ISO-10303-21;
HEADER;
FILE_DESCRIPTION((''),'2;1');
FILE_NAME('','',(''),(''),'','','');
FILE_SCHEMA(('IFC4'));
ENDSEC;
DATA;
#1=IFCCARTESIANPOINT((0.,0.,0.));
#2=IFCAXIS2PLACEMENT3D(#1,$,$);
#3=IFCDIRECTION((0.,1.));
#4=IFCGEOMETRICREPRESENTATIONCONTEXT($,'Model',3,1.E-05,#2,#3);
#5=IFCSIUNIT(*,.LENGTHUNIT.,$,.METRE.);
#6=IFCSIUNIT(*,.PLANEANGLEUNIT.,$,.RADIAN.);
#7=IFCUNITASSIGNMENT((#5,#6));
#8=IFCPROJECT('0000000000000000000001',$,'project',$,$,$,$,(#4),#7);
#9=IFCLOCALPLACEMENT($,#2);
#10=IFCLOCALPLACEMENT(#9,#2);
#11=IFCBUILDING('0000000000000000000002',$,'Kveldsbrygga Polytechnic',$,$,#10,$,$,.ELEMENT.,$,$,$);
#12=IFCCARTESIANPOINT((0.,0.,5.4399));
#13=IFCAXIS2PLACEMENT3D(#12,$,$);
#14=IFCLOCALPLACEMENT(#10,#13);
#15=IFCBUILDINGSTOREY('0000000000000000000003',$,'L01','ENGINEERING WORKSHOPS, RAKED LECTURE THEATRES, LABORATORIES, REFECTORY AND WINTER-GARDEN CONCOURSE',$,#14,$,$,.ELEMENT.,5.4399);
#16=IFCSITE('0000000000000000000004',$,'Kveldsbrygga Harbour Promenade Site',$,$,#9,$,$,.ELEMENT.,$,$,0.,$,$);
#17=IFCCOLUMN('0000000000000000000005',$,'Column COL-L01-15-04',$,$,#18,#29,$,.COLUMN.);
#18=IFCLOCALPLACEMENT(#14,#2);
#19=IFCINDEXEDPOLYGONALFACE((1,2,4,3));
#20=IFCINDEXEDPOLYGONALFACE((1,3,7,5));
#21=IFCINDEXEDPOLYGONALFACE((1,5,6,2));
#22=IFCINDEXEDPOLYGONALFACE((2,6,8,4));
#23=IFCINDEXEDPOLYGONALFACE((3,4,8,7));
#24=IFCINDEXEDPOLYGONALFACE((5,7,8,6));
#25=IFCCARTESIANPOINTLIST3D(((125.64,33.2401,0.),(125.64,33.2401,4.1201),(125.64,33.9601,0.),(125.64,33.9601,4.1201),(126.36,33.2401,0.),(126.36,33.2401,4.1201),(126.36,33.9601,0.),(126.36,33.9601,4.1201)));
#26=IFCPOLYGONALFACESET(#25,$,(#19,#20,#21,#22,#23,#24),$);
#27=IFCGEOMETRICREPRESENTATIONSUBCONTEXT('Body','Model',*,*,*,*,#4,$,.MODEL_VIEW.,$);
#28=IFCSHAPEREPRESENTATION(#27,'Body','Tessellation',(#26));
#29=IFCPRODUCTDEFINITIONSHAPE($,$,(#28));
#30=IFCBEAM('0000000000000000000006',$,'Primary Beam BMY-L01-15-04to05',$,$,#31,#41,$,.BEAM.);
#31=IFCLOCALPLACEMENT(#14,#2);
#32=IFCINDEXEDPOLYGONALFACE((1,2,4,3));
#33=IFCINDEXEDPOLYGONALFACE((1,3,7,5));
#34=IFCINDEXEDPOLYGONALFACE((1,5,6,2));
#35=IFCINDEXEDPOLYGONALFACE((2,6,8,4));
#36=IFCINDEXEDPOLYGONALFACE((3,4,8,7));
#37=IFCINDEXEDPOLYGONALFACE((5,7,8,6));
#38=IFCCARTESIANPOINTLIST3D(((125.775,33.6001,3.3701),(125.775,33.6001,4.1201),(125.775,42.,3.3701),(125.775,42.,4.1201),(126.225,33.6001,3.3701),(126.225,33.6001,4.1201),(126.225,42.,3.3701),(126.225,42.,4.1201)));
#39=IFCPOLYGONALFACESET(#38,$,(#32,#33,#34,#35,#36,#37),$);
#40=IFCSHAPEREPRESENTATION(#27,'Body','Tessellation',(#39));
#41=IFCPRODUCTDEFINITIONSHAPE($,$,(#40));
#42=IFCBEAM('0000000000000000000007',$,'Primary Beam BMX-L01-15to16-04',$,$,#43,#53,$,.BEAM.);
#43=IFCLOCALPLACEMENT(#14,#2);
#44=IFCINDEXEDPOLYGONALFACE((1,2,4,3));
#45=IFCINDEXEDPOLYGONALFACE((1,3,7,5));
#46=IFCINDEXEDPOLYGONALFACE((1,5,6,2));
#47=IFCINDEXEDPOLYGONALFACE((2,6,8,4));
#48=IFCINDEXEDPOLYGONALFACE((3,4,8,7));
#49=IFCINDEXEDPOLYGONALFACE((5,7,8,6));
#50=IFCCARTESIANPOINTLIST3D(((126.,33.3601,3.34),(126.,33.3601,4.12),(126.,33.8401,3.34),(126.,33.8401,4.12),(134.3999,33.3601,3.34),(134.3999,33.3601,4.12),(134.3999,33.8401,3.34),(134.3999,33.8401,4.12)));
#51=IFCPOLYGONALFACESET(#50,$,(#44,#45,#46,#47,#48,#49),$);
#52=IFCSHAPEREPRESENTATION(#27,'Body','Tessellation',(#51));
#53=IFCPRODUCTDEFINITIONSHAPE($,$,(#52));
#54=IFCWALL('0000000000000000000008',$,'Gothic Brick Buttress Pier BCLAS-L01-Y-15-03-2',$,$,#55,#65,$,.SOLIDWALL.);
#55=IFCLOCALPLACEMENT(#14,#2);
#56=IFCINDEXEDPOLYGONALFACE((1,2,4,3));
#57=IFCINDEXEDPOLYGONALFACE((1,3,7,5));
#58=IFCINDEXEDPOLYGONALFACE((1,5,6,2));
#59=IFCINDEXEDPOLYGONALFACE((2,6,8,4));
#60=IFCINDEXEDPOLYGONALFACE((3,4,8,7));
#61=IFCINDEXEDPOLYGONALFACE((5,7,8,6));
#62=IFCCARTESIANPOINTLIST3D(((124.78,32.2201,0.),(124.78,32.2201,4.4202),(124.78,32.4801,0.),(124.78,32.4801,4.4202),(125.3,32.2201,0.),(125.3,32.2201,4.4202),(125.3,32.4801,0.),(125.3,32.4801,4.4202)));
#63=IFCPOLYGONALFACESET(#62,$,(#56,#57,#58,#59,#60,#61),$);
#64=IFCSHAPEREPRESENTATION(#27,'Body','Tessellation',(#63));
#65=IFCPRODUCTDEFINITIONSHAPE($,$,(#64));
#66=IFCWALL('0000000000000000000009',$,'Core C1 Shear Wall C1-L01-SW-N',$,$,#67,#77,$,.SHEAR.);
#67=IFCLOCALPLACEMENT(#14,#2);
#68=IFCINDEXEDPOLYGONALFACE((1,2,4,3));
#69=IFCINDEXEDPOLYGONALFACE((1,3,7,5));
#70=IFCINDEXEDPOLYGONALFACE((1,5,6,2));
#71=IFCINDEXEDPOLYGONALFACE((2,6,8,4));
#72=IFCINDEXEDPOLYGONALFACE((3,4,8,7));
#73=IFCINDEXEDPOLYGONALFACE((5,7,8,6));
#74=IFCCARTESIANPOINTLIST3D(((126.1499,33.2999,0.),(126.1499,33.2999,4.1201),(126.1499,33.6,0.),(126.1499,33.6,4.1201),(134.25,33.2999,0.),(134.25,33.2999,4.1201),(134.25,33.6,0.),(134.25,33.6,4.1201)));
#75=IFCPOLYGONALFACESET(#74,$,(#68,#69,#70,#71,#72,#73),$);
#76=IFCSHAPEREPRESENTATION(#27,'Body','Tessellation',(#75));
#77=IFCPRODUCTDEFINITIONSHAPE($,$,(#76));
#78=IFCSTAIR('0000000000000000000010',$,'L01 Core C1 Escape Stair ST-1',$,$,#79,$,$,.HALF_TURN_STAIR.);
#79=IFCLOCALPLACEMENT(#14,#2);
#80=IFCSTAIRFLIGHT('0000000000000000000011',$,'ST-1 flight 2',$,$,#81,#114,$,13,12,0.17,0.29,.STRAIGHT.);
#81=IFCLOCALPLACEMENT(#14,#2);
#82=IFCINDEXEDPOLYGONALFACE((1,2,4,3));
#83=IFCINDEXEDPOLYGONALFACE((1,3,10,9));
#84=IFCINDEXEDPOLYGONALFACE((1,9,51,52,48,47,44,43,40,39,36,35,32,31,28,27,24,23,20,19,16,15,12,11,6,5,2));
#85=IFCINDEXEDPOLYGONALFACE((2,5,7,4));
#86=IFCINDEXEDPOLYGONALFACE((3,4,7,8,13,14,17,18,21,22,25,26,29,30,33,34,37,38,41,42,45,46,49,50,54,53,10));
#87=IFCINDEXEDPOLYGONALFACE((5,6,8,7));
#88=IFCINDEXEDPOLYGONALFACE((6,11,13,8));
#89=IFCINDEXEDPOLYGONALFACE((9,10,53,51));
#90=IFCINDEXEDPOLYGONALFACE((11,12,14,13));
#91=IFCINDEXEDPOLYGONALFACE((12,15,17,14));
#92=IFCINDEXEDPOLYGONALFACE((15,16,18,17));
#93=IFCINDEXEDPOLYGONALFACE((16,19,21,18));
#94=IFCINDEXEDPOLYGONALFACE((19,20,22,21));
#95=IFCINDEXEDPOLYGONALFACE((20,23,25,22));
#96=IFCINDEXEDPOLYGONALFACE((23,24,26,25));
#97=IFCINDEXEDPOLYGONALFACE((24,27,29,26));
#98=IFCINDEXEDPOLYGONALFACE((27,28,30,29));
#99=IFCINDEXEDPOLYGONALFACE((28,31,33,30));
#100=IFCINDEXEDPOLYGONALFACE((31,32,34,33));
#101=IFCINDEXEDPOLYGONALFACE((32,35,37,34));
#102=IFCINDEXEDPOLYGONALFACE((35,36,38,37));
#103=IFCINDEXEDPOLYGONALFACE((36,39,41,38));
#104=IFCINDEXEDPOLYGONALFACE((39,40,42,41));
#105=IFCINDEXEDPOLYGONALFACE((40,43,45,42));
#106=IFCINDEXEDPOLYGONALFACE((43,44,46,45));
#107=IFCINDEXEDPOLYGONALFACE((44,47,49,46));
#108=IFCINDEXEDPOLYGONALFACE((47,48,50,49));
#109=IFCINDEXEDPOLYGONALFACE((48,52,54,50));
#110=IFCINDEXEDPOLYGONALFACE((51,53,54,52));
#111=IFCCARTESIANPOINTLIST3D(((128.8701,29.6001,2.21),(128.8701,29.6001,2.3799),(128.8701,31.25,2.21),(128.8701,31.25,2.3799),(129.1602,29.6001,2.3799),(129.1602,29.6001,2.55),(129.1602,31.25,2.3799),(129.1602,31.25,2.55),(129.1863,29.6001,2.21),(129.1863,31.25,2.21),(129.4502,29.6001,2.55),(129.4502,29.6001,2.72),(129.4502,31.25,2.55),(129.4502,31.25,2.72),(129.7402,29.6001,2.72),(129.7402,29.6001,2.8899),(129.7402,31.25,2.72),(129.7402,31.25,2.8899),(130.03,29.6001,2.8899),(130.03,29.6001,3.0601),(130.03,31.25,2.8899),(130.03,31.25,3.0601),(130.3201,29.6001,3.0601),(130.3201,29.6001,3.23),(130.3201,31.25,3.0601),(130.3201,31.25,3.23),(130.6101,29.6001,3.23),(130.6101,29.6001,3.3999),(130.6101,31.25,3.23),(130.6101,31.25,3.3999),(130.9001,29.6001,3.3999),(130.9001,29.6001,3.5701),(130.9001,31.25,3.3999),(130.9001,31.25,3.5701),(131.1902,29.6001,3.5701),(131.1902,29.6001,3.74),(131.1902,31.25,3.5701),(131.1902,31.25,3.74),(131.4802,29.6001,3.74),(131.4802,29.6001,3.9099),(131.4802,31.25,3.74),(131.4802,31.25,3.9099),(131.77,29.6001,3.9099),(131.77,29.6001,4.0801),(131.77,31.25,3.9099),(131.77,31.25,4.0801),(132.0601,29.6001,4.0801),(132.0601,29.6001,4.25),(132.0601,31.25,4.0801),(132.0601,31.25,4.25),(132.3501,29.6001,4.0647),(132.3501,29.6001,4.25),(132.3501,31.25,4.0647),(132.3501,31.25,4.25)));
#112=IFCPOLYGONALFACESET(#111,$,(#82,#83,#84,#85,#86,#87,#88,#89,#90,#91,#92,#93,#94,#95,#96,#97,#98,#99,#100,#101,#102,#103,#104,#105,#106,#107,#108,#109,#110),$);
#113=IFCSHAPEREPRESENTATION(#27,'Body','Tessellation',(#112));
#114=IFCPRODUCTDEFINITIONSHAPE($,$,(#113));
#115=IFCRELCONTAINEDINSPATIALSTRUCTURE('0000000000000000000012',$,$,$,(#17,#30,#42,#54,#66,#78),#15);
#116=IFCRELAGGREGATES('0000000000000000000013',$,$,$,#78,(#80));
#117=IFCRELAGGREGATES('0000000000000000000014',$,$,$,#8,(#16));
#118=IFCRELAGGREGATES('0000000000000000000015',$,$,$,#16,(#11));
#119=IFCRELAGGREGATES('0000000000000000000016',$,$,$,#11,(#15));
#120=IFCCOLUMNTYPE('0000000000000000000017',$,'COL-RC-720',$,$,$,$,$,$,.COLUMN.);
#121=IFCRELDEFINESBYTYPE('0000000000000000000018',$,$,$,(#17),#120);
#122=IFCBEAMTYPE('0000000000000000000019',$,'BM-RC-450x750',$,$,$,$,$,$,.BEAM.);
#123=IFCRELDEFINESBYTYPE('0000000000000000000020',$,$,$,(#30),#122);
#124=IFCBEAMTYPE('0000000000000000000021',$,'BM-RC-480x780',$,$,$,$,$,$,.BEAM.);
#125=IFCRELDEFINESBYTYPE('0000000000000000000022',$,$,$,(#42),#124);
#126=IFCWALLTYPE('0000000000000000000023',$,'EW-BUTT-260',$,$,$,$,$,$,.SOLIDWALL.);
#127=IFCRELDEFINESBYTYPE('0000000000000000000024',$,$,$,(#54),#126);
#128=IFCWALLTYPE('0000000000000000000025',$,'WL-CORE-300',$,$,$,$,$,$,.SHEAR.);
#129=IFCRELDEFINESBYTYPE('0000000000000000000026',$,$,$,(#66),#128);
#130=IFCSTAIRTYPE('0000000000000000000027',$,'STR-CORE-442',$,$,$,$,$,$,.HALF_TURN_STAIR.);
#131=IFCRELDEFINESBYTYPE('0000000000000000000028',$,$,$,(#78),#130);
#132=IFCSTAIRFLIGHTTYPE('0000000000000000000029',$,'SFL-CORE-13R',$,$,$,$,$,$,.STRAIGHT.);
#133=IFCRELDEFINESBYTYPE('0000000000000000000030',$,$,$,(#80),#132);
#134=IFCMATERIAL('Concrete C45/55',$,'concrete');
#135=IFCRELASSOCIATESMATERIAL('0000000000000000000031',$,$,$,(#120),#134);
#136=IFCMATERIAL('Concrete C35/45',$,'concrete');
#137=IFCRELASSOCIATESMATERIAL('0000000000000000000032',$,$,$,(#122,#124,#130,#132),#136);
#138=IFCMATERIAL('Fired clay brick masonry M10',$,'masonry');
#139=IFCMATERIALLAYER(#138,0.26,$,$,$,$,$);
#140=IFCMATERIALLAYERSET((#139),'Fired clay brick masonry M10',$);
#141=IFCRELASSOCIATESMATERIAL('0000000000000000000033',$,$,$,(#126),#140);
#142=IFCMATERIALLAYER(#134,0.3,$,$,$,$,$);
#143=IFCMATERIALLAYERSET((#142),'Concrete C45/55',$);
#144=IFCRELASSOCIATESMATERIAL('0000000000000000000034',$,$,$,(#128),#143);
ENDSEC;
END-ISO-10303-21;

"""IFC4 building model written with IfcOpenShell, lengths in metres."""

from ifc_helpers import new_model, si_unit, direction, frame, frame_2d, origin, origin_2d, place, context, subcontext, project, spatial, polyline, rectangle, outline, extrude, material, layer, layer_set, material_profile, profile_set, type_object, element, aggregate, save


model = new_model("IFC4")

# Units and contexts
model_context = context("Model", 3, precision=1e-05, world=origin(), true_north=direction((0.0, 1.0)))
body_context = subcontext(model_context, "Body", "Model", "MODEL_VIEW")
ifc_project = project(units=[si_unit("LENGTHUNIT", "METRE"), si_unit("PLANEANGLEUNIT", "RADIAN")], contexts=[model_context])

# Site, building, storey
site_placement = place(None, origin())
site = spatial("IfcSite", under=ifc_project, at=site_placement, Name="Kveldsbrygga Harbour Promenade Site", CompositionType="ELEMENT", RefElevation=0.0)
building_placement = place(site_placement, origin())
building = spatial("IfcBuilding", under=site, at=building_placement, Name="Kveldsbrygga Polytechnic", CompositionType="ELEMENT")
storey_placement = place(building_placement, frame((0.0, 0.0, 5.4399)))
storey = spatial("IfcBuildingStorey", under=building, at=storey_placement, Name="L01", Description="ENGINEERING WORKSHOPS, RAKED LECTURE THEATRES, LABORATORIES, REFECTORY AND WINTER-GARDEN CONCOURSE", CompositionType="ELEMENT", Elevation=5.4399)

# Column
ifc_material_1 = material(Name="Concrete C45/55", Category="concrete")
ifc_material_profile_1 = material_profile(ifc_material_1, rectangle(XDim=0.72, YDim=0.72, at=origin_2d()), Name="RC 720x720")
ifc_profile_set_1 = profile_set([ifc_material_profile_1], Name="Concrete C45/55")
column_type = type_object("IfcColumnType", Name="COL-RC-720", PredefinedType="COLUMN", material=ifc_profile_set_1)
column_placement = place(storey_placement, frame((126.0, 33.6001, 0.0), z_axis=(0.0, 0.0, 1.0), x_axis=(1.0, 0.0, 0.0)))
element("IfcColumn", 1, at=column_placement, inside=storey, type_object=column_type, Name="Column COL-L01-15-04", PredefinedType="COLUMN", context=body_context, shape_type="SweptSolid", body=[
    extrude(rectangle(XDim=0.72, YDim=0.72, at=origin_2d()), origin(), (0.0, 0.0, 1.0), 4.1201),
])

# Beams
ifc_material_2 = material(Name="Concrete C35/45", Category="concrete")
ifc_material_profile_2 = material_profile(ifc_material_2, rectangle(XDim=0.45, YDim=0.75, at=origin_2d()), Name="RC 450x750")
ifc_profile_set_2 = profile_set([ifc_material_profile_2], Name="Concrete C35/45")
beam_type_1 = type_object("IfcBeamType", Name="BM-RC-450x750", PredefinedType="BEAM", material=ifc_profile_set_2)
beam_1_placement = place(storey_placement, frame((126.0, 33.6001, 3.7451), z_axis=(0.0, 1.0, 0.0), x_axis=(-1.0, 0.0, 0.0)))
element("IfcBeam", 2, at=beam_1_placement, inside=storey, type_object=beam_type_1, Name="Primary Beam BMY-L01-15-04to05", PredefinedType="BEAM", context=body_context, shape_type="SweptSolid", body=[
    extrude(rectangle(XDim=0.45, YDim=0.75, at=origin_2d()), origin(), (0.0, 0.0, 1.0), 8.3999),
])
ifc_material_profile_3 = material_profile(ifc_material_2, rectangle(XDim=0.48, YDim=0.78, at=origin_2d()), Name="RC 480x780")
ifc_profile_set_3 = profile_set([ifc_material_profile_3], Name="Concrete C35/45")
beam_type_2 = type_object("IfcBeamType", Name="BM-RC-480x780", PredefinedType="BEAM", material=ifc_profile_set_3)
beam_2_placement = place(storey_placement, frame((126.0, 33.6001, 3.73), z_axis=(1.0, 0.0, 0.0), x_axis=(0.0, 1.0, 0.0)))
element("IfcBeam", 3, at=beam_2_placement, inside=storey, type_object=beam_type_2, Name="Primary Beam BMX-L01-15to16-04", PredefinedType="BEAM", context=body_context, shape_type="SweptSolid", body=[
    extrude(rectangle(XDim=0.48, YDim=0.78, at=origin_2d()), origin(), (0.0, 0.0, 1.0), 8.3999),
])

# Wall
ifc_material_3 = material(Name="Fired clay brick masonry M10", Category="masonry")
ifc_layer_1 = layer(ifc_material_3, 0.26)
ifc_layer_set_1 = layer_set([ifc_layer_1], Name="Fired clay brick masonry M10")
wall_type_1 = type_object("IfcWallType", Name="EW-BUTT-260", PredefinedType="SOLIDWALL", material=ifc_layer_set_1)
wall_1_placement = place(storey_placement, frame((125.3, 32.3501, 0.0), z_axis=(0.0, 0.0, 1.0), x_axis=(-1.0, 0.0, 0.0)))
element("IfcWall", 4, at=wall_1_placement, inside=storey, type_object=wall_type_1, Name="Gothic Brick Buttress Pier BCLAS-L01-Y-15-03-2", PredefinedType="SOLIDWALL", context=body_context, shape_type="SweptSolid", body=[
    extrude(rectangle(XDim=0.52, YDim=0.26, at=frame_2d((0.26, 0.0))), origin(), (0.0, 0.0, 1.0), 4.4202),
])

# Wall
ifc_layer_2 = layer(ifc_material_1, 0.3)
ifc_layer_set_2 = layer_set([ifc_layer_2], Name="Concrete C45/55")
wall_type_2 = type_object("IfcWallType", Name="WL-CORE-300", PredefinedType="SHEAR", material=ifc_layer_set_2)
wall_2_placement = place(storey_placement, frame((126.1499, 33.45, 0.0), z_axis=(0.0, 0.0, 1.0), x_axis=(1.0, 0.0, 0.0)))
element("IfcWall", 5, at=wall_2_placement, inside=storey, type_object=wall_type_2, Name="Core C1 Shear Wall C1-L01-SW-N", PredefinedType="SHEAR", context=body_context, shape_type="SweptSolid", body=[
    extrude(rectangle(XDim=8.1001, YDim=0.3, at=frame_2d((4.05, 0.0))), origin(), (0.0, 0.0, 1.0), 4.1201),
])

# Stair, stair flight
stair_type = type_object("IfcStairType", Name="STR-CORE-442", PredefinedType="HALF_TURN_STAIR", material=ifc_material_2)
stair_placement = place(storey_placement, origin())
stair = element("IfcStair", 6, at=stair_placement, inside=storey, type_object=stair_type, Name="L01 Core C1 Escape Stair ST-1", PredefinedType="HALF_TURN_STAIR")
stair_flight_type = type_object("IfcStairFlightType", Name="SFL-CORE-13R", PredefinedType="STRAIGHT", material=ifc_material_2)
stair_flight_placement = place(storey_placement, frame((128.8701, 30.425, 2.21), z_axis=(0.0, 0.0, 1.0), x_axis=(1.0, 0.0, 0.0)))
stair_flight = element("IfcStairFlight", 7, at=stair_flight_placement, type_object=stair_flight_type, Name="ST-1 flight 2", NumberOfRisers=13, NumberOfTreads=12, PredefinedType="STRAIGHT", RiserHeight=0.17, TreadLength=0.29, context=body_context, shape_type="SweptSolid", body=[
    extrude(outline(polyline([(0.0, 0.0), (0.0, 0.1699), (0.29, 0.1699), (0.29, 0.3401), (0.5801, 0.3401), (0.5801, 0.51), (0.8701, 0.51), (0.8701, 0.6799), (1.1599, 0.6799), (1.1599, 0.8501), (1.45, 0.8501), (1.45, 1.02), (1.74, 1.02), (1.74, 1.1899), (2.03, 1.1899), (2.03, 1.3601), (2.3201, 1.3601), (2.3201, 1.53), (2.6101, 1.53), (2.6101, 1.7), (2.8999, 1.7), (2.8999, 1.8701), (3.1899, 1.8701), (3.1899, 2.04), (3.48, 2.04), (3.48, 2.21), (3.48, 1.8547), (0.3162, 0.0), (0.0, 0.0)])), frame((0.0, 0.825, 0.0), z_axis=(0.0, -1.0, 0.0), x_axis=(1.0, 0.0, 0.0)), (0.0, 0.0, 1.0), 1.6499),
])
aggregate(stair, [stair_flight])

save(model, "model.ifc")
